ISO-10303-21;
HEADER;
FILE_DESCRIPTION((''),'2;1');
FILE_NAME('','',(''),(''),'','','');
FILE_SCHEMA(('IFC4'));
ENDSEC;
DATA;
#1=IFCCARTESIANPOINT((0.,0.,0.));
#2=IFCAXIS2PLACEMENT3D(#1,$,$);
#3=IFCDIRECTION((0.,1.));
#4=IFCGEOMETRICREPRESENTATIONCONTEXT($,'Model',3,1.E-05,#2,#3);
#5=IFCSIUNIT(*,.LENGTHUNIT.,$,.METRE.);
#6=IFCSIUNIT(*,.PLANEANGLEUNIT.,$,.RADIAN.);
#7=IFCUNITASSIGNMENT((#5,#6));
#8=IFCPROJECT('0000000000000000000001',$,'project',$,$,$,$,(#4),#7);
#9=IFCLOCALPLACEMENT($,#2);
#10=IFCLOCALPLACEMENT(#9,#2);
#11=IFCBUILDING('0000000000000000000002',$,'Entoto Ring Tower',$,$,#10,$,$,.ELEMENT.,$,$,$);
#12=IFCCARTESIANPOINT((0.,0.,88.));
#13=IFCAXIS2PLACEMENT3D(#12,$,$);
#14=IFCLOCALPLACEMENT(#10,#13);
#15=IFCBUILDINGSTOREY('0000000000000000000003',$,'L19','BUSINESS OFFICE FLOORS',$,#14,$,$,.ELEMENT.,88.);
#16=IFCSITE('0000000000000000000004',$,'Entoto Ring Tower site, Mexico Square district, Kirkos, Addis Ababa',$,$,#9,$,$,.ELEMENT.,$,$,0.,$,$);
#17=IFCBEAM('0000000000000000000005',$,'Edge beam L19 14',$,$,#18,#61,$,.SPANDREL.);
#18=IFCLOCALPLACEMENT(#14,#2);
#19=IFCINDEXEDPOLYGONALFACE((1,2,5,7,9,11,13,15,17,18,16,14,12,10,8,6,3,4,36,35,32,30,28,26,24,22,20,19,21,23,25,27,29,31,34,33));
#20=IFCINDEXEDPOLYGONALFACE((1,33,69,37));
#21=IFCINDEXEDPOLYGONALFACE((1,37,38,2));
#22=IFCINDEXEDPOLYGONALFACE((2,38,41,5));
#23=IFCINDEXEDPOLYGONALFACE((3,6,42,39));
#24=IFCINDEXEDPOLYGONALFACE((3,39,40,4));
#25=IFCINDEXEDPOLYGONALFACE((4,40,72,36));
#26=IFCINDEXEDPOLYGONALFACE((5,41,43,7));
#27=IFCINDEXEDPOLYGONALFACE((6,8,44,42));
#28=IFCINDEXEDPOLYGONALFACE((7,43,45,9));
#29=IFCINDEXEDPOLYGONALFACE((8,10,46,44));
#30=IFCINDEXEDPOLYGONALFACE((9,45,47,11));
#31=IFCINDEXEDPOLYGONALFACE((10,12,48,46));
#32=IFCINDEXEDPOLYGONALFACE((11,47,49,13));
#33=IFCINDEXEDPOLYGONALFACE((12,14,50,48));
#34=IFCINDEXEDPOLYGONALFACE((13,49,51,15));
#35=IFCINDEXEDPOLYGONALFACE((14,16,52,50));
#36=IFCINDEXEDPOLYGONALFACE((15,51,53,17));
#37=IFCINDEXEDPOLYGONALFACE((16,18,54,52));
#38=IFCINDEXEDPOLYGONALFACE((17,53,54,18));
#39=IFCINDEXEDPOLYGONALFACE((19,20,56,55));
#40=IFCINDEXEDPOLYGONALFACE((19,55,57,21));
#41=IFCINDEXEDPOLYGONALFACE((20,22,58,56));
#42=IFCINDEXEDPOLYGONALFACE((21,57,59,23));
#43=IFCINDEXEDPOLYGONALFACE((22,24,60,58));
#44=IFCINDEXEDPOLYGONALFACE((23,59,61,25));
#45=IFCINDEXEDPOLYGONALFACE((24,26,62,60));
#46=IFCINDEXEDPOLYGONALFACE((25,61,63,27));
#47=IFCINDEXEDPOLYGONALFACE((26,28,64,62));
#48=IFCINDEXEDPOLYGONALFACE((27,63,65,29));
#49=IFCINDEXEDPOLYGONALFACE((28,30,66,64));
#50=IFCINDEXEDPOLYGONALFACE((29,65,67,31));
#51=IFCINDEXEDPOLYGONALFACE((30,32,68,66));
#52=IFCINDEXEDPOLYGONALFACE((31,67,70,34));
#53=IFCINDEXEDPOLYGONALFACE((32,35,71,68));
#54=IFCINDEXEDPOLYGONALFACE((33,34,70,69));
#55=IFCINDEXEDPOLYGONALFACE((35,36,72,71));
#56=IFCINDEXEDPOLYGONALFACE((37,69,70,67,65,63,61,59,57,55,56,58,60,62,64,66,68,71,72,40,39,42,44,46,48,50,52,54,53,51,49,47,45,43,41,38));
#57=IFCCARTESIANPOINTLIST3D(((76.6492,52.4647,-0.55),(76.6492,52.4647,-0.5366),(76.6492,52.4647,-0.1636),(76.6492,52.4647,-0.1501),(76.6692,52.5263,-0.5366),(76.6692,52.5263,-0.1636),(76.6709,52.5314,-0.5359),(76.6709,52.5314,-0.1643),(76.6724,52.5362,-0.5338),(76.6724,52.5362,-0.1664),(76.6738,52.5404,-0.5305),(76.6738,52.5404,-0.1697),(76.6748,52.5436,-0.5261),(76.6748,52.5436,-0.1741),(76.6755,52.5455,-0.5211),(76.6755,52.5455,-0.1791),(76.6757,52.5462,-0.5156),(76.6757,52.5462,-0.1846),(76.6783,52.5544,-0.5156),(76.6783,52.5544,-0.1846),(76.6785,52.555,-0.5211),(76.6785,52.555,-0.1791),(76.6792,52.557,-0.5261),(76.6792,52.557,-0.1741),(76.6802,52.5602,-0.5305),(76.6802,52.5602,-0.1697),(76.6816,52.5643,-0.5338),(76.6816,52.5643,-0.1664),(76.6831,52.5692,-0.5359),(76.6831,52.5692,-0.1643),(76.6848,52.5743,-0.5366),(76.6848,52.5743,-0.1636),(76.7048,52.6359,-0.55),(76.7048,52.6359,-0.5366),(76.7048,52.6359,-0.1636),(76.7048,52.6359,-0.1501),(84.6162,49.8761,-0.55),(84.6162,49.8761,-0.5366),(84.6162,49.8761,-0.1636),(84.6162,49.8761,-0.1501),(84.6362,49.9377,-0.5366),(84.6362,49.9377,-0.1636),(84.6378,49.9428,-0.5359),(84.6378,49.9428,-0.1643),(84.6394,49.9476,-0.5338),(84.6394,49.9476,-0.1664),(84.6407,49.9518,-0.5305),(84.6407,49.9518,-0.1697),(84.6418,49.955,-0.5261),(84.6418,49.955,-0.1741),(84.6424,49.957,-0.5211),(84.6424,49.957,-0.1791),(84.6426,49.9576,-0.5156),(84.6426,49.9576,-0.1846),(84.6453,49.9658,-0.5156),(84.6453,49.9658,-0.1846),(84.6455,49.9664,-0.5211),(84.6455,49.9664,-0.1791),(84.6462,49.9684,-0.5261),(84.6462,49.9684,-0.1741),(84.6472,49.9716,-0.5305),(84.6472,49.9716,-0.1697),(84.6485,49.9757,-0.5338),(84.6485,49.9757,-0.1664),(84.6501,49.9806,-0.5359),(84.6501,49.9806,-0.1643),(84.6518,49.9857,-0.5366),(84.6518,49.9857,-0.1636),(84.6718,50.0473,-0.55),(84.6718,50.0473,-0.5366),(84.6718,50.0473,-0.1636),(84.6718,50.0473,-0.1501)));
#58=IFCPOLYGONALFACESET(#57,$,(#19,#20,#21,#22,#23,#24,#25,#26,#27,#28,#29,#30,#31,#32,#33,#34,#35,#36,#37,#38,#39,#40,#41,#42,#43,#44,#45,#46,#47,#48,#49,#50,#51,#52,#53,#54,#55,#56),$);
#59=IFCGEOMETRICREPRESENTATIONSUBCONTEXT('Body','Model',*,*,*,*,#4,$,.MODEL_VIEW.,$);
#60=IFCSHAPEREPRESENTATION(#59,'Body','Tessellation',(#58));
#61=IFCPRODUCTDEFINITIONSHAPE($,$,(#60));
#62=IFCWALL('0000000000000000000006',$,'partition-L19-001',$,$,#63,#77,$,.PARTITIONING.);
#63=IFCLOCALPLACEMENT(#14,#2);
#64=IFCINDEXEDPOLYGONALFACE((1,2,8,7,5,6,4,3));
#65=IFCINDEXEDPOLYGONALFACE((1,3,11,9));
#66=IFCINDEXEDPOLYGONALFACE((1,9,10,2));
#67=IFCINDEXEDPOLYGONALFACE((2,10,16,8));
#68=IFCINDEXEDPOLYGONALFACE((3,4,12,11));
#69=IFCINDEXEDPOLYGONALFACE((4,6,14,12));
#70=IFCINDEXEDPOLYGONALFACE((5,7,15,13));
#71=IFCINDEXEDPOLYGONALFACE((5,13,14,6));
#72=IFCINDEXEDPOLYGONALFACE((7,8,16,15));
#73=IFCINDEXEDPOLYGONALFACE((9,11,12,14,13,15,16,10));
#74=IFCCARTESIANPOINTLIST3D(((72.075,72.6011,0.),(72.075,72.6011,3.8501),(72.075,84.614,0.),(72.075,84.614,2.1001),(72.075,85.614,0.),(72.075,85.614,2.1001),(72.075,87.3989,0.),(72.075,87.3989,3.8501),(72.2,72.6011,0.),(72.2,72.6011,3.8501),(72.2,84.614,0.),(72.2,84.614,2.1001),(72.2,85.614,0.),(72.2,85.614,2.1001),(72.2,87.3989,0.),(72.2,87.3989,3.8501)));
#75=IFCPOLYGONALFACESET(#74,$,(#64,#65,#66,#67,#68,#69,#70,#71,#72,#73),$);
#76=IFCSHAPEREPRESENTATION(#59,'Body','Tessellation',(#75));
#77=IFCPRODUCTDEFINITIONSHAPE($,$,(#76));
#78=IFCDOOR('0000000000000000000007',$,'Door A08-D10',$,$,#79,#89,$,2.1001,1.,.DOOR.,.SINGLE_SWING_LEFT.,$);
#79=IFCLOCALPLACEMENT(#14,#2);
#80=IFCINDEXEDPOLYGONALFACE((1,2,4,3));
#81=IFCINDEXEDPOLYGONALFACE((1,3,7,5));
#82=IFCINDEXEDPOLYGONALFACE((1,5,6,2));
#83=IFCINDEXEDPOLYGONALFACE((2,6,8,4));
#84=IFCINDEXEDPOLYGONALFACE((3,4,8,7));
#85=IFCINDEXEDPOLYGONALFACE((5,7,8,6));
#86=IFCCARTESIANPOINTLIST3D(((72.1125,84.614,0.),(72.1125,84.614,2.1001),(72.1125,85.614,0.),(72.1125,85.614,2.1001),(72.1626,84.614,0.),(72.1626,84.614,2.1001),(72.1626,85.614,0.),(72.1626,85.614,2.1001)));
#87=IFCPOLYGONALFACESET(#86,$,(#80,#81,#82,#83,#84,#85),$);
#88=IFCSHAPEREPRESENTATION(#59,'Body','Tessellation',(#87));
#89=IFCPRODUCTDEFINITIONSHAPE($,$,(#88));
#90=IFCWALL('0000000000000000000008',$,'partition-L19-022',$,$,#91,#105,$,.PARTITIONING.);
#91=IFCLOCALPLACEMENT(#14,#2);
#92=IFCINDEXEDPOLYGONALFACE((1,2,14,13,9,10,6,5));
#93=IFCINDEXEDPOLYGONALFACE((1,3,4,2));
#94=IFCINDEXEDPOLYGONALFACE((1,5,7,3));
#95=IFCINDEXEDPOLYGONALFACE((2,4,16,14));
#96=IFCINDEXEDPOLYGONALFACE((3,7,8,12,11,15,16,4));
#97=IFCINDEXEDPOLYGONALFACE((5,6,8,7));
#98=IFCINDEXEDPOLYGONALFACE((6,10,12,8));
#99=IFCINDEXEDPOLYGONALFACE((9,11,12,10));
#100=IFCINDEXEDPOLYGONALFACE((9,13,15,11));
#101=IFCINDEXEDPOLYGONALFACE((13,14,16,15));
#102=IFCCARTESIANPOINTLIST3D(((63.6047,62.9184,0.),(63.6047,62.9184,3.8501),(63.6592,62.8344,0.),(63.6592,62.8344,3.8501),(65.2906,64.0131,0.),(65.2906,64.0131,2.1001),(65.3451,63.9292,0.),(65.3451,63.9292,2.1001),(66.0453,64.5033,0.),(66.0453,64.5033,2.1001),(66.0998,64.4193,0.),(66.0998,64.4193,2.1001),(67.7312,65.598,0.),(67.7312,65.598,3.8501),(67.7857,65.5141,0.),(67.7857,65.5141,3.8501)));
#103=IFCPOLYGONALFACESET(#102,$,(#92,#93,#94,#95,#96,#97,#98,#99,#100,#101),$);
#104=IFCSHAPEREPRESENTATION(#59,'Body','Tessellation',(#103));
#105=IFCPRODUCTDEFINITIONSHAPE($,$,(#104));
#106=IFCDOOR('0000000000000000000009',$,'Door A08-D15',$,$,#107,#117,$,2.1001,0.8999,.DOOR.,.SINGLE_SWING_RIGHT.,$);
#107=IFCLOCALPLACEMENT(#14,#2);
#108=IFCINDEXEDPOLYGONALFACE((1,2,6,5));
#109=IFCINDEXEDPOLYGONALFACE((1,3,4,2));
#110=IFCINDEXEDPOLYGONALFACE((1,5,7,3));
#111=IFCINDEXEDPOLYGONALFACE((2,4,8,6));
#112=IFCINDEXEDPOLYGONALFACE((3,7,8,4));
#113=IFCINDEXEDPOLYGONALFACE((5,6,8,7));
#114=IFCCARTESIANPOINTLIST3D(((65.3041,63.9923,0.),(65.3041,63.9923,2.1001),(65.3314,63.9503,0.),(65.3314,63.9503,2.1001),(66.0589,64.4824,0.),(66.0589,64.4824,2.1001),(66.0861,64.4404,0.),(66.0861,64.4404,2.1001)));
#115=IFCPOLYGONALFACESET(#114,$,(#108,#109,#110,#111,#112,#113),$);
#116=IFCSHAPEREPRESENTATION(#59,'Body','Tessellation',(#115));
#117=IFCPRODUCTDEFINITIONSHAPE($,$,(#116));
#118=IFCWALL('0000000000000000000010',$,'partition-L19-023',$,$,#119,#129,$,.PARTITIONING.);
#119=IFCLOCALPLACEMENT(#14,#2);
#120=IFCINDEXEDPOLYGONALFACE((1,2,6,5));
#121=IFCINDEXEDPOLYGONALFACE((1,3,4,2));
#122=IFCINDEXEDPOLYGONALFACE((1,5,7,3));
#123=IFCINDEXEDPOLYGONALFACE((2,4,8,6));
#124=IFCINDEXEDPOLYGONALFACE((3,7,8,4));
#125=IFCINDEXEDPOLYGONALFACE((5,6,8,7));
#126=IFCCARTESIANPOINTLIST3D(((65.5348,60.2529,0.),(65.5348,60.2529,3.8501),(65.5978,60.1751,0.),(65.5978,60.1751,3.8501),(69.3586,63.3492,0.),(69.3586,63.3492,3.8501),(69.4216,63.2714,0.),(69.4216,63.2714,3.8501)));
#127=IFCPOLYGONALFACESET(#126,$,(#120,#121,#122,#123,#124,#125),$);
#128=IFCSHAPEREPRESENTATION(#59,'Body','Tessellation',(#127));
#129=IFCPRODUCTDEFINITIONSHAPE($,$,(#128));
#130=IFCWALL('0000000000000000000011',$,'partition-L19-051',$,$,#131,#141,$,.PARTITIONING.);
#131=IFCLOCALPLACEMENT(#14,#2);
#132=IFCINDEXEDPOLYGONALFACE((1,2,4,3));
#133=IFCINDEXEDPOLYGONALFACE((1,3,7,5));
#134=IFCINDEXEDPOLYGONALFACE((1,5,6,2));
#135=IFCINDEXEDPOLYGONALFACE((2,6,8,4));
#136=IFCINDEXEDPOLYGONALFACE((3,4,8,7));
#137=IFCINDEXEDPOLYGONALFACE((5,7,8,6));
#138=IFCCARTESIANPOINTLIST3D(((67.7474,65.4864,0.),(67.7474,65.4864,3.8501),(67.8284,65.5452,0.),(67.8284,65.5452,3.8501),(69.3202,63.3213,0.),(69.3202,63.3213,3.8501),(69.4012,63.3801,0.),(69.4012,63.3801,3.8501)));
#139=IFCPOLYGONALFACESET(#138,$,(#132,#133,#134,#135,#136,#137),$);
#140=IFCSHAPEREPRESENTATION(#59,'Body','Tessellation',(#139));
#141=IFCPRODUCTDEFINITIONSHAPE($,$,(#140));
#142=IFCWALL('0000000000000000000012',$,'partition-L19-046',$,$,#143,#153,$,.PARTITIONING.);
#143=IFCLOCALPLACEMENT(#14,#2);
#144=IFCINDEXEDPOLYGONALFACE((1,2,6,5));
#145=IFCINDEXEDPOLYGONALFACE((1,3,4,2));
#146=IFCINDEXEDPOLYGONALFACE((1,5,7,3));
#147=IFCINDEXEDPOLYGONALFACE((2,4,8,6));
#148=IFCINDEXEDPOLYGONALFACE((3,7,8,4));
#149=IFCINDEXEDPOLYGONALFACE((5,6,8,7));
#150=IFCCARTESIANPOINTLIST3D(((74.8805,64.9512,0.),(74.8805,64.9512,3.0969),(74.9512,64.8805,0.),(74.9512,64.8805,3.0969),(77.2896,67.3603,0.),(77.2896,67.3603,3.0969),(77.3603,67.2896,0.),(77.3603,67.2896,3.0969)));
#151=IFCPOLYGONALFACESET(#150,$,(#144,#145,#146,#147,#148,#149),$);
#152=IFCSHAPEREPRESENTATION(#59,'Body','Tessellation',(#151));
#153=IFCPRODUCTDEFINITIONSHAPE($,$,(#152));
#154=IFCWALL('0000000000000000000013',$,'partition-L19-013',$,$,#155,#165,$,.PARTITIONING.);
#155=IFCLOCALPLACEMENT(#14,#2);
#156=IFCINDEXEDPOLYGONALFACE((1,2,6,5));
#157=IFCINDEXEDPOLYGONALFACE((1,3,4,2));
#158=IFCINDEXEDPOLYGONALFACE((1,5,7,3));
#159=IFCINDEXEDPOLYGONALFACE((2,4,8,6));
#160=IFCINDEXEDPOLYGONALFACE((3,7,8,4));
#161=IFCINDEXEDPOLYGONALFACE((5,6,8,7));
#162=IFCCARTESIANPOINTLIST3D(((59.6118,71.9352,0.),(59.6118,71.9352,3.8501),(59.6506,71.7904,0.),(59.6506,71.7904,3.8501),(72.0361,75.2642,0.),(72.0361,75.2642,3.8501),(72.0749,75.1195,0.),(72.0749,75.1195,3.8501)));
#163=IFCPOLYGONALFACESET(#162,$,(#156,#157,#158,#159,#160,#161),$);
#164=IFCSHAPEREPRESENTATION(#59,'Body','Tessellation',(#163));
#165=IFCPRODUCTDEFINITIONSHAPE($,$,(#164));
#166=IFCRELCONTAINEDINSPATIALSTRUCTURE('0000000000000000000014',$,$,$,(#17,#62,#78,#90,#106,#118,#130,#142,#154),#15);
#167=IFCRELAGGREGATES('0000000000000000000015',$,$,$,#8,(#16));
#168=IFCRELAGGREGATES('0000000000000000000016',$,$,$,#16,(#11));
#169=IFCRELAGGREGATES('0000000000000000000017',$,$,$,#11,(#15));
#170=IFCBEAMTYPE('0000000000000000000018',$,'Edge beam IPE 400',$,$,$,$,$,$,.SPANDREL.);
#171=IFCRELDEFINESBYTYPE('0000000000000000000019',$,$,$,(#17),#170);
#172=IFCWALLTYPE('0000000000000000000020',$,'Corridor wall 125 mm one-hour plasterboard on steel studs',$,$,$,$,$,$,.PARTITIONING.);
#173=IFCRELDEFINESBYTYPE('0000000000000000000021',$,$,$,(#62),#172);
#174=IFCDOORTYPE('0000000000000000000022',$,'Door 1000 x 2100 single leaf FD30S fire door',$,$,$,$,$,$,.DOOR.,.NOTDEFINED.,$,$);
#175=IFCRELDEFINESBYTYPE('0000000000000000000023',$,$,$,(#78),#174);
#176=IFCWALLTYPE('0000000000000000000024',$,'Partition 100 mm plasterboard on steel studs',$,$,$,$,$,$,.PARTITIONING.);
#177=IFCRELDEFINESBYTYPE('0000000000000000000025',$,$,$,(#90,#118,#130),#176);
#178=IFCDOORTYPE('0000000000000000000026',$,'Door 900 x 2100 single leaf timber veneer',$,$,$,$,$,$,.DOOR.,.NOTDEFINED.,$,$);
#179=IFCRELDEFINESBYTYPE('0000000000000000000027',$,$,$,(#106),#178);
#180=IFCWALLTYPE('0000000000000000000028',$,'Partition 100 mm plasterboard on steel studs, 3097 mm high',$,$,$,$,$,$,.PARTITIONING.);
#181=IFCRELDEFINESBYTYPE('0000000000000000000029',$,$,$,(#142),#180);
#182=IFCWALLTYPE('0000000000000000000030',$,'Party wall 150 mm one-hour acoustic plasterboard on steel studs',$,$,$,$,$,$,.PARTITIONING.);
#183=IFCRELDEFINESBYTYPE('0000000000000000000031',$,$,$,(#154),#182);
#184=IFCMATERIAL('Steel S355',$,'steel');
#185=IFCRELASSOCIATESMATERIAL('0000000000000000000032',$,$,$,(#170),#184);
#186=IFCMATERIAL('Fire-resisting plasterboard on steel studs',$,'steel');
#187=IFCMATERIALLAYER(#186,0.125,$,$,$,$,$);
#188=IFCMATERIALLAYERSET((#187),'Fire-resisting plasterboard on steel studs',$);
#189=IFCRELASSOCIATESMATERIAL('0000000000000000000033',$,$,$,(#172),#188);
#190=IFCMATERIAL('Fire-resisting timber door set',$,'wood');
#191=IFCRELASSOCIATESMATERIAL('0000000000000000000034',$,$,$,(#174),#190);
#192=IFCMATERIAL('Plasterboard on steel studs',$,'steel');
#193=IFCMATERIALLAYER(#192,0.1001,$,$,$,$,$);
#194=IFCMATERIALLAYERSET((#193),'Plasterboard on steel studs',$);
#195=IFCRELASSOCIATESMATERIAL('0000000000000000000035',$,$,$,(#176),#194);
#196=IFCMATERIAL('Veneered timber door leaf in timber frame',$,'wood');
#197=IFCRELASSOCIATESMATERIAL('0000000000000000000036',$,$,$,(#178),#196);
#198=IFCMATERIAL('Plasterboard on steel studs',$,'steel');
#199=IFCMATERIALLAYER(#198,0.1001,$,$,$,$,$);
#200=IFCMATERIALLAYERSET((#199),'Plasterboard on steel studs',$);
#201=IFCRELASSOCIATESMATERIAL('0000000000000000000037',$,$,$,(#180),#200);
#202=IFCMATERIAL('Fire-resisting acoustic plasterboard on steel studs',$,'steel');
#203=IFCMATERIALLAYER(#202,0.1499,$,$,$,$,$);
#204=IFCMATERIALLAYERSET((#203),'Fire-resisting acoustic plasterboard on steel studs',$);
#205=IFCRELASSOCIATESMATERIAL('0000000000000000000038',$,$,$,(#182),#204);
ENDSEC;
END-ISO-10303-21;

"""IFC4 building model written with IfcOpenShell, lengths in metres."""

from ifc_helpers import new_model, si_unit, direction, frame, frame_2d, origin, origin_2d, place, context, subcontext, project, spatial, rectangle, i_section, extrude, material, layer, layer_set, material_profile, profile_set, type_object, element, fill, save


model = new_model("IFC4")

# Units and contexts
model_context = context("Model", 3, precision=1e-05, world=origin(), true_north=direction((0.0, 1.0)))
body_context = subcontext(model_context, "Body", "Model", "MODEL_VIEW")
ifc_project = project(units=[si_unit("LENGTHUNIT", "METRE"), si_unit("PLANEANGLEUNIT", "RADIAN")], contexts=[model_context])

# Site, building, storey
site_placement = place(None, origin())
site = spatial("IfcSite", under=ifc_project, at=site_placement, Name="Entoto Ring Tower site, Mexico Square district, Kirkos, Addis Ababa", CompositionType="ELEMENT", RefElevation=0.0)
building_placement = place(site_placement, origin())
building = spatial("IfcBuilding", under=site, at=building_placement, Name="Entoto Ring Tower", CompositionType="ELEMENT")
storey_placement = place(building_placement, frame((0.0, 0.0, 88.0)))
storey = spatial("IfcBuildingStorey", under=building, at=storey_placement, Name="L19", Description="BUSINESS OFFICE FLOORS", CompositionType="ELEMENT", Elevation=88.0)

# Beam
ifc_material_1 = material(Name="Steel S355", Category="steel")
ifc_material_profile_1 = material_profile(ifc_material_1, i_section(OverallWidth=0.1799, OverallDepth=0.3999, WebThickness=0.0085, FlangeThickness=0.0134, FilletRadius=0.021, at=origin_2d()), Name="IPE 400")
ifc_profile_set_1 = profile_set([ifc_material_profile_1], Name="Steel S355")
beam_type = type_object("IfcBeamType", Name="Edge beam IPE 400", PredefinedType="SPANDREL", material=ifc_profile_set_1)
for number, where, z_axis, x_axis, name in (
    (1, (76.677, 52.5503, -0.3501), (0.951057, -0.309014, 0.0), (0.309014, 0.951057, 0.0), "Edge beam L19 14"),
):
    element("IfcBeam", number, at=place(storey_placement, frame(where, z_axis=z_axis, x_axis=x_axis)), inside=storey, type_object=beam_type, Name=name, PredefinedType="SPANDREL", context=body_context, shape_type="SweptSolid", body=[
        extrude(i_section(OverallWidth=0.1799, OverallDepth=0.3999, WebThickness=0.0085, FlangeThickness=0.0134, FilletRadius=0.021, at=origin_2d()), origin(), (0.0, 0.0, 1.0), 8.377),
    ])

# Walls, openings, doors
ifc_material_2 = material(Name="Fire-resisting plasterboard on steel studs", Category="steel")
ifc_layer_1 = layer(ifc_material_2, 0.125)
ifc_layer_set_1 = layer_set([ifc_layer_1], Name="Fire-resisting plasterboard on steel studs")
wall_type_1 = type_object("IfcWallType", Name="Corridor wall 125 mm one-hour plasterboard on steel studs", PredefinedType="PARTITIONING", material=ifc_layer_set_1)
wall_1_placement = place(storey_placement, frame((72.1375, 72.6011, 0.0), z_axis=(0.0, 0.0, 1.0), x_axis=(0.0, 1.0, 0.0)))
wall_1 = element("IfcWall", 2, at=wall_1_placement, inside=storey, type_object=wall_type_1, Name="partition-L19-001", PredefinedType="PARTITIONING", context=body_context, shape_type="SweptSolid", body=[
    extrude(rectangle(XDim=14.7979, YDim=0.125, at=frame_2d((7.3989, 0.0))), origin(), (0.0, 0.0, 1.0), 3.8501),
])
opening_1_placement = place(wall_1_placement, frame((12.0129, 0.0, 0.0)))
opening_1 = element("IfcOpeningElement", 3, at=opening_1_placement, cuts=wall_1, PredefinedType="OPENING", context=body_context, shape_type="SweptSolid", body=[
    extrude(rectangle(XDim=1.0, YDim=2.1001, at=frame_2d((0.5, 1.05))), frame((0.0, 0.0725, 0.0), z_axis=(0.0, -1.0, 0.0), x_axis=(1.0, 0.0, 0.0)), (0.0, 0.0, 1.0), 0.145),
])
ifc_material_3 = material(Name="Fire-resisting timber door set", Category="wood")
door_type_1 = type_object("IfcDoorType", Name="Door 1000 x 2100 single leaf FD30S fire door", OperationType="NOTDEFINED", PredefinedType="DOOR", material=ifc_material_3)
door_1_placement = place(opening_1_placement, origin())
door_1 = element("IfcDoor", 4, at=door_1_placement, inside=storey, type_object=door_type_1, Name="Door A08-D10", OperationType="SINGLE_SWING_LEFT", OverallHeight=2.1001, OverallWidth=1.0, PredefinedType="DOOR", context=body_context, shape_type="SweptSolid", body=[
    extrude(rectangle(XDim=1.0, YDim=2.1001, at=frame_2d((0.5, 1.05))), frame((0.0, 0.0249, 0.0), z_axis=(0.0, -1.0, 0.0), x_axis=(1.0, 0.0, 0.0)), (0.0, 0.0, 1.0), 0.05),
])
fill(opening_1, door_1)
ifc_material_4 = material(Name="Plasterboard on steel studs", Category="steel")
ifc_layer_2 = layer(ifc_material_4, 0.1001)
ifc_layer_set_2 = layer_set([ifc_layer_2], Name="Plasterboard on steel studs")
wall_type_2 = type_object("IfcWallType", Name="Partition 100 mm plasterboard on steel studs", PredefinedType="PARTITIONING", material=ifc_layer_set_2)
wall_2_placement = place(storey_placement, frame((63.6321, 62.8765, 0.0), z_axis=(0.0, 0.0, 1.0), x_axis=(0.838677, 0.544629, 0.0)))
wall_2 = element("IfcWall", 5, at=wall_2_placement, inside=storey, type_object=wall_type_2, Name="partition-L19-022", PredefinedType="PARTITIONING", context=body_context, shape_type="SweptSolid", body=[
    extrude(rectangle(XDim=4.9202, YDim=0.1001, at=frame_2d((2.46, 0.0))), origin(), (0.0, 0.0, 1.0), 3.8501),
])
opening_2_placement = place(wall_2_placement, frame((2.01, 0.0, 0.0)))
opening_2 = element("IfcOpeningElement", 6, at=opening_2_placement, cuts=wall_2, PredefinedType="OPENING", context=body_context, shape_type="SweptSolid", body=[
    extrude(rectangle(XDim=0.8999, YDim=2.1001, at=frame_2d((0.45, 1.05))), frame((0.0, 0.0601, 0.0), z_axis=(0.0, -1.0, 0.0), x_axis=(1.0, 0.0, 0.0)), (0.0, 0.0, 1.0), 0.1201),
])
ifc_material_5 = material(Name="Veneered timber door leaf in timber frame", Category="wood")
door_type_2 = type_object("IfcDoorType", Name="Door 900 x 2100 single leaf timber veneer", OperationType="NOTDEFINED", PredefinedType="DOOR", material=ifc_material_5)
door_2_placement = place(opening_2_placement, frame((0.8999, 0.0, 0.0), z_axis=(0.0, 0.0, 1.0), x_axis=(-1.0, 0.0, 0.0)))
door_2 = element("IfcDoor", 7, at=door_2_placement, inside=storey, type_object=door_type_2, Name="Door A08-D15", OperationType="SINGLE_SWING_RIGHT", OverallHeight=2.1001, OverallWidth=0.8999, PredefinedType="DOOR", context=body_context, shape_type="SweptSolid", body=[
    extrude(rectangle(XDim=0.8999, YDim=2.1001, at=frame_2d((0.45, 1.05))), frame((0.0, 0.0249, 0.0), z_axis=(0.0, -1.0, 0.0), x_axis=(1.0, 0.0, 0.0)), (0.0, 0.0, 1.0), 0.05),
])
fill(opening_2, door_2)

# Walls
wall_3_placement = place(storey_placement, frame((65.5664, 60.2141, 0.0), z_axis=(0.0, 0.0, 1.0), x_axis=(0.777166, 0.629295, 0.0)))
element("IfcWall", 8, at=wall_3_placement, inside=storey, type_object=wall_type_2, Name="partition-L19-023", PredefinedType="PARTITIONING", context=body_context, shape_type="SweptSolid", body=[
    extrude(rectangle(XDim=4.9202, YDim=0.1001, at=frame_2d((2.46, 0.0))), origin(), (0.0, 0.0, 1.0), 3.8501),
])
wall_4_placement = place(storey_placement, frame((69.3606, 63.3508, 0.0), z_axis=(0.0, 0.0, 1.0), x_axis=(-0.587727, 0.809059, 0.0)))
element("IfcWall", 9, at=wall_4_placement, inside=storey, type_object=wall_type_2, Name="partition-L19-051", PredefinedType="PARTITIONING", context=body_context, shape_type="SweptSolid", body=[
    extrude(rectangle(XDim=2.676, YDim=0.1001, at=frame_2d((1.3379, 0.0))), origin(), (0.0, 0.0, 1.0), 3.8501),
])
ifc_material_6 = material(Name="Plasterboard on steel studs", Category="steel")
ifc_layer_3 = layer(ifc_material_6, 0.1001)
ifc_layer_set_3 = layer_set([ifc_layer_3], Name="Plasterboard on steel studs")
wall_type_3 = type_object("IfcWallType", Name="Partition 100 mm plasterboard on steel studs, 3097 mm high", PredefinedType="PARTITIONING", material=ifc_layer_set_3)
wall_5_placement = place(storey_placement, frame((74.9158, 64.9158, 0.0), z_axis=(0.0, 0.0, 1.0), x_axis=(0.707107, 0.707107, 0.0)))
element("IfcWall", 10, at=wall_5_placement, inside=storey, type_object=wall_type_3, Name="partition-L19-046", PredefinedType="PARTITIONING", context=body_context, shape_type="SweptSolid", body=[
    extrude(rectangle(XDim=3.407, YDim=0.1001, at=frame_2d((1.7036, 0.0))), origin(), (0.0, 0.0, 1.0), 3.0969),
])
ifc_material_7 = material(Name="Fire-resisting acoustic plasterboard on steel studs", Category="steel")
ifc_layer_4 = layer(ifc_material_7, 0.1499)
ifc_layer_set_4 = layer_set([ifc_layer_4], Name="Fire-resisting acoustic plasterboard on steel studs")
wall_type_4 = type_object("IfcWallType", Name="Party wall 150 mm one-hour acoustic plasterboard on steel studs", PredefinedType="PARTITIONING", material=ifc_layer_set_4)
wall_6_placement = place(storey_placement, frame((59.6313, 71.8628, 0.0), z_axis=(0.0, 0.0, 1.0), x_axis=(0.965926, 0.25882, 0.0)))
element("IfcWall", 11, at=wall_6_placement, inside=storey, type_object=wall_type_4, Name="partition-L19-013", PredefinedType="PARTITIONING", context=body_context, shape_type="SweptSolid", body=[
    extrude(rectangle(XDim=12.8625, YDim=0.1499, at=frame_2d((6.4312, 0.0))), origin(), (0.0, 0.0, 1.0), 3.8501),
])

save(model, "model.ifc")
